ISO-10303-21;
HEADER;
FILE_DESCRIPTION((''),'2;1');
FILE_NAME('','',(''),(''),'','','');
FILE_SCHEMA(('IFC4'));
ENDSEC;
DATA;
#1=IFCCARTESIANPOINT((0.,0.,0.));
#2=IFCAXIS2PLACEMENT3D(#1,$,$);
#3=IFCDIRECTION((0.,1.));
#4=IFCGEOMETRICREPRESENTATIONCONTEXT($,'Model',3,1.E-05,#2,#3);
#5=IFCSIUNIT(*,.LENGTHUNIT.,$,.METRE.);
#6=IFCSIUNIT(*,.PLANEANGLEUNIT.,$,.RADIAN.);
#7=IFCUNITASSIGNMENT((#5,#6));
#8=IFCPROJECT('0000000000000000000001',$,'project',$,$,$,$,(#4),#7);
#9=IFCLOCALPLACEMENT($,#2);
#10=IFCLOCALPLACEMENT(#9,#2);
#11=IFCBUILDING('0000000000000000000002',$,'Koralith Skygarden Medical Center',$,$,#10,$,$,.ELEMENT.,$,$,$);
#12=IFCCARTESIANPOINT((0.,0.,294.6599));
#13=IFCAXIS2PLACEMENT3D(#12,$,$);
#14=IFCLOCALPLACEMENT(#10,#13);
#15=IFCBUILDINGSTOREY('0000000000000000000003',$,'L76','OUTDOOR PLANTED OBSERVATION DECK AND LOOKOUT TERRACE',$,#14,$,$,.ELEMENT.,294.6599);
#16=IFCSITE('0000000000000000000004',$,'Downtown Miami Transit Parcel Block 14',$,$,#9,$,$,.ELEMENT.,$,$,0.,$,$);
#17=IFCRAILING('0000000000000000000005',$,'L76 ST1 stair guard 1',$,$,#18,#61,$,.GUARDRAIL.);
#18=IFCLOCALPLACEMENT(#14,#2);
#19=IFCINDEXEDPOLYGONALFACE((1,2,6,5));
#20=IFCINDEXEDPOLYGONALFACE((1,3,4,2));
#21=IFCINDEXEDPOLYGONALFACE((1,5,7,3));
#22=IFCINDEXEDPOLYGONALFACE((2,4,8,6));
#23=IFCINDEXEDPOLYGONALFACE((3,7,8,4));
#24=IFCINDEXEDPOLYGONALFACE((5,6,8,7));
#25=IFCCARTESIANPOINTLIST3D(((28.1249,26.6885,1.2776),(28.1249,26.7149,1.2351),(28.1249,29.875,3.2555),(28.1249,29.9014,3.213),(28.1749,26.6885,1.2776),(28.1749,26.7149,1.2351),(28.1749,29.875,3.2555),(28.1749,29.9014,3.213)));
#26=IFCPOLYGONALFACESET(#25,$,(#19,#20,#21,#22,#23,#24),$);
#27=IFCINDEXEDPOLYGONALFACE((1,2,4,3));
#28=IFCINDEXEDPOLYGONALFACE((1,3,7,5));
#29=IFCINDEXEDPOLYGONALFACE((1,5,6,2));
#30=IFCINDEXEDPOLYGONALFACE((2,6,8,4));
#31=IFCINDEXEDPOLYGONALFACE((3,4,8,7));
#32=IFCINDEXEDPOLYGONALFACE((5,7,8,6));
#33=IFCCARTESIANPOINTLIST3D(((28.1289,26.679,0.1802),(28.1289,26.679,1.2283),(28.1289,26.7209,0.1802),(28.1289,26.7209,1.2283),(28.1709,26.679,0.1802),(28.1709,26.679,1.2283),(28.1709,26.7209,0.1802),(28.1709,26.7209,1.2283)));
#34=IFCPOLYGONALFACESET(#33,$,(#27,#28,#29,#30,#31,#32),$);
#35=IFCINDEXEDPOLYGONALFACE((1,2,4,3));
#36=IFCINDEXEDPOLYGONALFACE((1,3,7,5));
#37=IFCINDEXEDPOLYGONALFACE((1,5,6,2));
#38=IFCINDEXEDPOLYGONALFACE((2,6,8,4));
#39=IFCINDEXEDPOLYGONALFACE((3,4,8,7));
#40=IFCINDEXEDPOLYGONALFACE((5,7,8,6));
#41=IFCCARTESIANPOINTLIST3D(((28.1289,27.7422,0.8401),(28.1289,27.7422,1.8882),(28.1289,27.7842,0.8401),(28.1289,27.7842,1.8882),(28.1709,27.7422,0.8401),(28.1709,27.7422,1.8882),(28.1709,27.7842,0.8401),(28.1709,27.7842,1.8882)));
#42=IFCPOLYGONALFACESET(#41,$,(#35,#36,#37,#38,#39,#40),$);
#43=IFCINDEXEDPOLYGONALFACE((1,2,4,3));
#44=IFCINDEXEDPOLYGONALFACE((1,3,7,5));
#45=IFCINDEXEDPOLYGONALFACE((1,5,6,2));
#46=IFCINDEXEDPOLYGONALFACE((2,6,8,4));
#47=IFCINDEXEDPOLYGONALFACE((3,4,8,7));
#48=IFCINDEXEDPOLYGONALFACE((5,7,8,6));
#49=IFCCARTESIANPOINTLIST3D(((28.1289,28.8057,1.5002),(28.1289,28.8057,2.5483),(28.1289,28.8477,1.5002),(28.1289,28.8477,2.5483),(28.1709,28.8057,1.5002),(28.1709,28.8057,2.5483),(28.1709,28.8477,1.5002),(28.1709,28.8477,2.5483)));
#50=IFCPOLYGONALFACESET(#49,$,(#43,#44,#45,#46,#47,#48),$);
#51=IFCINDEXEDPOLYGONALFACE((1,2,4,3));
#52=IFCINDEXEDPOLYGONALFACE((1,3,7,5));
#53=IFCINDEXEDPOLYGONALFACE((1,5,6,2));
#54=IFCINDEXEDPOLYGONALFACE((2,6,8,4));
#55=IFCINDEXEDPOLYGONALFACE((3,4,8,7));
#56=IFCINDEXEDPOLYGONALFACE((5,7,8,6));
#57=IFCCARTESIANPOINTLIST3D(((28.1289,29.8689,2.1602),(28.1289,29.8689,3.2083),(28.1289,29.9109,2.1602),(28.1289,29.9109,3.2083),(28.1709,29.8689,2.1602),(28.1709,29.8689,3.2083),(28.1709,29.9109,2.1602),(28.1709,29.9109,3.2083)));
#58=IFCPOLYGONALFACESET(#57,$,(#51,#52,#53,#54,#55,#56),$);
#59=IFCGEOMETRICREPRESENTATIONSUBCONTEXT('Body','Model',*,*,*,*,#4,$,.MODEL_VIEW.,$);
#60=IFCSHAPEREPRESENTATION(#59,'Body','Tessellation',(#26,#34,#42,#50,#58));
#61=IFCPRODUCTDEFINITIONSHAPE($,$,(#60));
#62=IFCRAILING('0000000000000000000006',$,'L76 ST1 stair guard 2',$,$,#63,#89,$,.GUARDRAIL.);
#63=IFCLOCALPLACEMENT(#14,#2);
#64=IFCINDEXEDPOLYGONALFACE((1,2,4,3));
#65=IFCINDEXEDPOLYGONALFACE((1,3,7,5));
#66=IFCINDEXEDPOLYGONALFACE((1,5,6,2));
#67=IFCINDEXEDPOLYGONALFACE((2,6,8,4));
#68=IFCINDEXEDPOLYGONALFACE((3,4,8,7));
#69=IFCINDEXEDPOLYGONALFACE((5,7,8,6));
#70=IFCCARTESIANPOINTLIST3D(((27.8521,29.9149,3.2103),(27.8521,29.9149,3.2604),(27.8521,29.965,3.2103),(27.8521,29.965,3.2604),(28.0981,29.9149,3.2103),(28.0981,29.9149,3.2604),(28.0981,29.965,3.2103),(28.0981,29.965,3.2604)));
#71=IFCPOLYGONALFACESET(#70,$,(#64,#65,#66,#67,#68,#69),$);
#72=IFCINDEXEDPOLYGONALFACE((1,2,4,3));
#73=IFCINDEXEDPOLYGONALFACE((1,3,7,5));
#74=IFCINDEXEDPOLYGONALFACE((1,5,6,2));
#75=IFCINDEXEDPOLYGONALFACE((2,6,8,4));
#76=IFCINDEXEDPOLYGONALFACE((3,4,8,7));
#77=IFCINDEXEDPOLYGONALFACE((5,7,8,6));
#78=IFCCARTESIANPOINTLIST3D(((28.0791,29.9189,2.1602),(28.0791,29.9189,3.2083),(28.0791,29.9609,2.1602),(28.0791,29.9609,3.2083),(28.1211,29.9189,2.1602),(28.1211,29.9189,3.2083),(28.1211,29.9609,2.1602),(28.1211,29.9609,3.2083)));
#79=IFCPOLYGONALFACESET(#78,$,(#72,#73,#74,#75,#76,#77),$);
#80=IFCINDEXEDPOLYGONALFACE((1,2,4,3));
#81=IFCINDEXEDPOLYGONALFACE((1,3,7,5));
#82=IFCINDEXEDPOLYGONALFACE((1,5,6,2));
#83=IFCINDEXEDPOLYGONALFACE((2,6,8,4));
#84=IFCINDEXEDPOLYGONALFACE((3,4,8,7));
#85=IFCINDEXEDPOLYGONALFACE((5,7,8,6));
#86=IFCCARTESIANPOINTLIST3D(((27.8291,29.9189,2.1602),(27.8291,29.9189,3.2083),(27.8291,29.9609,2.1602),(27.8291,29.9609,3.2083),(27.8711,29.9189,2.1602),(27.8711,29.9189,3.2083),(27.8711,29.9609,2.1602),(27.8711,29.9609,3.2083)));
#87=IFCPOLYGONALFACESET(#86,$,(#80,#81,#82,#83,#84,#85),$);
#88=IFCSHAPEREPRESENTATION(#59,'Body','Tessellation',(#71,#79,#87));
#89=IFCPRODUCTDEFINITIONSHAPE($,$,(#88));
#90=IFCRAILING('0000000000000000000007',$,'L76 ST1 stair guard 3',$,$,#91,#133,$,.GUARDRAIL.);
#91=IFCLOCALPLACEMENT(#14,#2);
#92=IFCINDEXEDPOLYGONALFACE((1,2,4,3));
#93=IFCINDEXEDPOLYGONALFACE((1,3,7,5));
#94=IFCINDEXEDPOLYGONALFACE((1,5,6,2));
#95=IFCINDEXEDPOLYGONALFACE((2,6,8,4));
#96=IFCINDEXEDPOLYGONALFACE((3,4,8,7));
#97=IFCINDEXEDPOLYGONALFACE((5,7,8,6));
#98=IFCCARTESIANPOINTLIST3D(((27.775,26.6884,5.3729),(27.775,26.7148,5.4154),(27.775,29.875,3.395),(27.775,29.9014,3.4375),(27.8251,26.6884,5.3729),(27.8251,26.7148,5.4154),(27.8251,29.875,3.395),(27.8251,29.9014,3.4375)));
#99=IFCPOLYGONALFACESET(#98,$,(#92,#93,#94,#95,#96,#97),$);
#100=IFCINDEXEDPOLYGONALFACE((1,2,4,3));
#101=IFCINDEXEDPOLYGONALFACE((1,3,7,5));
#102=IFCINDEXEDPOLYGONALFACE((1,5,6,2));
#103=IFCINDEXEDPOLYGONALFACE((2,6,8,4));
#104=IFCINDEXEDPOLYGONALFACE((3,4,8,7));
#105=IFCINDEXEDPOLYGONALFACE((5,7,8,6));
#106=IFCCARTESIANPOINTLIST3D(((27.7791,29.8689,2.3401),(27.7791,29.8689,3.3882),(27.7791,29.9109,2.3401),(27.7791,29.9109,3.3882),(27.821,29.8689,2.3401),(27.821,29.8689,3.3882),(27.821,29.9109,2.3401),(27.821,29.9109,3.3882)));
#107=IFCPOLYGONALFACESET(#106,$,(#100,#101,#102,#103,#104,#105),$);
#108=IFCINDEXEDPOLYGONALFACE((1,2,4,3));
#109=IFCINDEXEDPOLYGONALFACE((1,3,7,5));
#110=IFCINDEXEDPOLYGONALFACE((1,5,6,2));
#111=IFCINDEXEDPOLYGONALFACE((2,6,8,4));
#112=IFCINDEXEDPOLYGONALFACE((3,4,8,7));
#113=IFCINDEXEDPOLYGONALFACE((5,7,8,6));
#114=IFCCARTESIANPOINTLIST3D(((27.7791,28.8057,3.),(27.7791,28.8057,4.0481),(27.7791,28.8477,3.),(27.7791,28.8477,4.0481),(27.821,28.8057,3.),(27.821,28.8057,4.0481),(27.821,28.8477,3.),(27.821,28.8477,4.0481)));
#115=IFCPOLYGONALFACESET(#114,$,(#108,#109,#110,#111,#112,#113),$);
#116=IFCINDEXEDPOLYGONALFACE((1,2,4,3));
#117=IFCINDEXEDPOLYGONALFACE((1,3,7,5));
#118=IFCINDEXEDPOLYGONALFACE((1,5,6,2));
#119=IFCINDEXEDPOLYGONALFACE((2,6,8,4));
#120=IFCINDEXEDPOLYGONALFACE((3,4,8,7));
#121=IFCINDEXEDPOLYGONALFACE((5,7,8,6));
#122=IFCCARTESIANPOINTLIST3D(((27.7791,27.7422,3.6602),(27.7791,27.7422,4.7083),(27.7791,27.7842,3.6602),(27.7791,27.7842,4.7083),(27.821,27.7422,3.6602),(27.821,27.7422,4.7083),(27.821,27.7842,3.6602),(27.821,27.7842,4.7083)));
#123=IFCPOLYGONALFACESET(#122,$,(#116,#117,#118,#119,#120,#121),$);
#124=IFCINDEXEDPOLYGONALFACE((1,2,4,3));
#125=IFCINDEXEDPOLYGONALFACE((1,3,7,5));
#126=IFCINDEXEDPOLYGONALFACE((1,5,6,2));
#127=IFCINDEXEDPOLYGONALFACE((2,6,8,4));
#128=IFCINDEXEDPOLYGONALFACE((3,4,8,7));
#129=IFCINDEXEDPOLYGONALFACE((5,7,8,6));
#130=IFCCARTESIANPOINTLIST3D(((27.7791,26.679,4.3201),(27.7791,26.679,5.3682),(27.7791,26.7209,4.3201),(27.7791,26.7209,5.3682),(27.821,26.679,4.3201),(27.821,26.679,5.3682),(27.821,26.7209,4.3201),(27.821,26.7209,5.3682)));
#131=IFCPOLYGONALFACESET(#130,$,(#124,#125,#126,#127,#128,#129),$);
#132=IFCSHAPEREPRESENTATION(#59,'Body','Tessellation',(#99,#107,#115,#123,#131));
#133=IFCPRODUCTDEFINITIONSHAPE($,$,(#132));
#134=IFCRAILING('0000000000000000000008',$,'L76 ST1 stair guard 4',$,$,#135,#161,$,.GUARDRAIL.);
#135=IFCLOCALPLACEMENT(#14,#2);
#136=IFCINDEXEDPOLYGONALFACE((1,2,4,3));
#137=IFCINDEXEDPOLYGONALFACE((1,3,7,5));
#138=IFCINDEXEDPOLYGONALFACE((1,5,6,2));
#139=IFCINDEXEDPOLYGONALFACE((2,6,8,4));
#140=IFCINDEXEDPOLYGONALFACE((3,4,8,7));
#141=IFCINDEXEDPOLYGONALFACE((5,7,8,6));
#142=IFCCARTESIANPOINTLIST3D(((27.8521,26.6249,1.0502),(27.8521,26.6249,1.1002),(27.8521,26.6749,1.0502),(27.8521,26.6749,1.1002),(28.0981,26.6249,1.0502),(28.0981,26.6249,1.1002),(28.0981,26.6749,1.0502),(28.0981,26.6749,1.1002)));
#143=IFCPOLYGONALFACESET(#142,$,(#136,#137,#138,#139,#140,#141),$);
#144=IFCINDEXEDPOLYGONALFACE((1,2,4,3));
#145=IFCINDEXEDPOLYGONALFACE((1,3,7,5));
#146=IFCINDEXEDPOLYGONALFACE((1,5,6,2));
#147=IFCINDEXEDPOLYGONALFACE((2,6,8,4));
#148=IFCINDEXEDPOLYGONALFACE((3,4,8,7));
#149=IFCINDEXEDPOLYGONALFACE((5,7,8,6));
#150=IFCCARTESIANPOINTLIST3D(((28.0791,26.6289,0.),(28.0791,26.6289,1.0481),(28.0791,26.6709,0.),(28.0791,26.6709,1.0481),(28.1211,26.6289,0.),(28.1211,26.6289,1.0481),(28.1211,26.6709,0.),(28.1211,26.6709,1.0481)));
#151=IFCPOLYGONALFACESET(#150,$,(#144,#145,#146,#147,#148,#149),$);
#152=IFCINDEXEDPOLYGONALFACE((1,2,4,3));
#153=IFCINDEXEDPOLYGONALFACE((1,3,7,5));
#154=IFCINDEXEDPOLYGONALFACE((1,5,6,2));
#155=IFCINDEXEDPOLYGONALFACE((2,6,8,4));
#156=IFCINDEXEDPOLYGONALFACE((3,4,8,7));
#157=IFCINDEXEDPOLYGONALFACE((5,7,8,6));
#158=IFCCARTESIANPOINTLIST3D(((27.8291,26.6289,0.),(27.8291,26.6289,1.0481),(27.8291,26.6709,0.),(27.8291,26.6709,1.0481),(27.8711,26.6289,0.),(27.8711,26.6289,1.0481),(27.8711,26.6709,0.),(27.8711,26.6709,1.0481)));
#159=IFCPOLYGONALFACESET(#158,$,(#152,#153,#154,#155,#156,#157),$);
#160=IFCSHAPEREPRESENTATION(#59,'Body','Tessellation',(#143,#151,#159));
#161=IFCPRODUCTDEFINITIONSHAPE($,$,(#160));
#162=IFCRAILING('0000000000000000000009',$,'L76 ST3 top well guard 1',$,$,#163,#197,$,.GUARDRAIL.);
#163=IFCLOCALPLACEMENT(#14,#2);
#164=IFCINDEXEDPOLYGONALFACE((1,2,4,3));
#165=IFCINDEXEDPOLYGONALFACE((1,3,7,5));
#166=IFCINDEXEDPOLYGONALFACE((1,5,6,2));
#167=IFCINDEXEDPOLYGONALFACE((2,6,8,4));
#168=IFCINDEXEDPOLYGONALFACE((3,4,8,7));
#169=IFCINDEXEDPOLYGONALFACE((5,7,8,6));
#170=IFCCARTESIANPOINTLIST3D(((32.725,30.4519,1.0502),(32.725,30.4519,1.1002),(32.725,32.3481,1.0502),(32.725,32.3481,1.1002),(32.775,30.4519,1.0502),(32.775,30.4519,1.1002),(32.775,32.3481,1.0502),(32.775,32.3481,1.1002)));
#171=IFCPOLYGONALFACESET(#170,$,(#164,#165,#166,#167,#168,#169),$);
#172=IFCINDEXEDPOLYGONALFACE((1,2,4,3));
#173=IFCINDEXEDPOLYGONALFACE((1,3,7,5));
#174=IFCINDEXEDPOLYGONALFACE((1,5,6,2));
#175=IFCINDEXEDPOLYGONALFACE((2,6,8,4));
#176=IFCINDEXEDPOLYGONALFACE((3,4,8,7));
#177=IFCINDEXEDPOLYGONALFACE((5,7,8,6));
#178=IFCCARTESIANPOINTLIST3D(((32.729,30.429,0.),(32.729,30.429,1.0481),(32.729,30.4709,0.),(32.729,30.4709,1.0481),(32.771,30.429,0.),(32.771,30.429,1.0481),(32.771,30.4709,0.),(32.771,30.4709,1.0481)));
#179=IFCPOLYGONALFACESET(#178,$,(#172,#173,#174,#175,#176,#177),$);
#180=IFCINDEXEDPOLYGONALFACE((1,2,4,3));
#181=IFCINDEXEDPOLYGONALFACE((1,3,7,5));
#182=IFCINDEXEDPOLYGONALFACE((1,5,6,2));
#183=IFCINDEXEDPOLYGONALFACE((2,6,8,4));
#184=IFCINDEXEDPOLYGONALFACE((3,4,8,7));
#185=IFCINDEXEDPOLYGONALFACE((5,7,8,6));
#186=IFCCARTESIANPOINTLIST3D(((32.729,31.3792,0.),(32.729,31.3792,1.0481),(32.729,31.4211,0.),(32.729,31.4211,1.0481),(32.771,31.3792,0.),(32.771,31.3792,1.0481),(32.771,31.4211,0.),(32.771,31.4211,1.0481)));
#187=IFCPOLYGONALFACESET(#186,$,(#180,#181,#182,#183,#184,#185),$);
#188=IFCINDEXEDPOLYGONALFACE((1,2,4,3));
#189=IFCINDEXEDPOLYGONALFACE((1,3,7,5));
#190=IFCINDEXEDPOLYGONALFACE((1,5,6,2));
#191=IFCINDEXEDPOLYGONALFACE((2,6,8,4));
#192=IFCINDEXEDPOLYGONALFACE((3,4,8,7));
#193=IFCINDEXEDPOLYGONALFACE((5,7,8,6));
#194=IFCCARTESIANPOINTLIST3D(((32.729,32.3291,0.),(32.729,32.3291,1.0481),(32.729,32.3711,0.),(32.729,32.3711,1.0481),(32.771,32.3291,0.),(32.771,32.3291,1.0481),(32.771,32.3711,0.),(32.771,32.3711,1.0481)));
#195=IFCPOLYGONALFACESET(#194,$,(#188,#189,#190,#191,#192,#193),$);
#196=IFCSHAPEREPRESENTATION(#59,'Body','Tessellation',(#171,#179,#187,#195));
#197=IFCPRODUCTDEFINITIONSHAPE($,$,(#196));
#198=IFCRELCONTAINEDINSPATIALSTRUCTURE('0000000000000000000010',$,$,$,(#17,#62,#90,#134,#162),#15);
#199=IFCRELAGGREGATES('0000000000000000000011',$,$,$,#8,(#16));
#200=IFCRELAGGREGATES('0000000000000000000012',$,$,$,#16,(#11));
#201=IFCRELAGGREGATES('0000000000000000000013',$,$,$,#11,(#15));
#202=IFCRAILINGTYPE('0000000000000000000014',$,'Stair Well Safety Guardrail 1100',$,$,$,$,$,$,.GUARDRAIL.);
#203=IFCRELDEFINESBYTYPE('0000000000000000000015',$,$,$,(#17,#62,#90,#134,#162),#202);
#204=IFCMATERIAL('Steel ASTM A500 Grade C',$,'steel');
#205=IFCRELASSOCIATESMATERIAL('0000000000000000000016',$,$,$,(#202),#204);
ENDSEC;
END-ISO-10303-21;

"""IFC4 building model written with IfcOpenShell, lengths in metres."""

from ifc_helpers import new_model, si_unit, direction, frame, origin, origin_2d, place, context, subcontext, project, spatial, rectangle, extrude, material, type_object, element, save


model = new_model("IFC4")

# Units and contexts
model_context = context("Model", 3, precision=1e-05, world=origin(), true_north=direction((0.0, 1.0)))
body_context = subcontext(model_context, "Body", "Model", "MODEL_VIEW")
ifc_project = project(units=[si_unit("LENGTHUNIT", "METRE"), si_unit("PLANEANGLEUNIT", "RADIAN")], contexts=[model_context])

# Site, building, storey
site_placement = place(None, origin())
site = spatial("IfcSite", under=ifc_project, at=site_placement, Name="Downtown Miami Transit Parcel Block 14", CompositionType="ELEMENT", RefElevation=0.0)
building_placement = place(site_placement, origin())
building = spatial("IfcBuilding", under=site, at=building_placement, Name="Koralith Skygarden Medical Center", CompositionType="ELEMENT")
storey_placement = place(building_placement, frame((0.0, 0.0, 294.6599)))
storey = spatial("IfcBuildingStorey", under=building, at=storey_placement, Name="L76", Description="OUTDOOR PLANTED OBSERVATION DECK AND LOOKOUT TERRACE", CompositionType="ELEMENT", Elevation=294.6599)

# Railings
ifc_material_1 = material(Name="Steel ASTM A500 Grade C", Category="steel")
railing_type_1 = type_object("IfcRailingType", Name="Stair Well Safety Guardrail 1100", PredefinedType="GUARDRAIL", material=ifc_material_1)
railing_1_placement = place(storey_placement, frame((28.1499, 26.7, 0.1802)))
element("IfcRailing", 1, at=railing_1_placement, inside=storey, type_object=railing_type_1, Name="L76 ST1 stair guard 1", PredefinedType="GUARDRAIL", context=body_context, shape_type="SweptSolid", body=[
    extrude(rectangle(XDim=0.05, YDim=0.05, at=origin_2d()), frame((0.0, 0.0017, 1.0762), z_axis=(0.0, 0.849638, 0.527366), x_axis=(-1.0, 0.0, 0.0)), (0.0, 0.0, 1.0), 3.7505),
    extrude(rectangle(XDim=0.042, YDim=0.042, at=origin_2d()), origin(), (0.0, 0.0, 1.0), 1.0481),
    extrude(rectangle(XDim=0.042, YDim=0.042, at=origin_2d()), frame((0.0, 1.0632, 0.6599)), (0.0, 0.0, 1.0), 1.0481),
    extrude(rectangle(XDim=0.042, YDim=0.042, at=origin_2d()), frame((0.0, 2.1267, 1.3201)), (0.0, 0.0, 1.0), 1.0481),
    extrude(rectangle(XDim=0.042, YDim=0.042, at=origin_2d()), frame((0.0, 3.1899, 1.98)), (0.0, 0.0, 1.0), 1.0481),
])
railing_2_placement = place(storey_placement, frame((28.1001, 29.9399, 2.1602)))
element("IfcRailing", 2, at=railing_2_placement, inside=storey, type_object=railing_type_1, Name="L76 ST1 stair guard 2", PredefinedType="GUARDRAIL", context=body_context, shape_type="SweptSolid", body=[
    extrude(rectangle(XDim=0.05, YDim=0.05, at=origin_2d()), frame((-0.002, 0.0, 1.0752), z_axis=(-1.0, 0.0, 0.0), x_axis=(0.0, -1.0, 0.0)), (0.0, 0.0, 1.0), 0.2461),
    extrude(rectangle(XDim=0.042, YDim=0.042, at=origin_2d()), origin(), (0.0, 0.0, 1.0), 1.0481),
    extrude(rectangle(XDim=0.042, YDim=0.042, at=origin_2d()), frame((-0.25, 0.0, 0.0)), (0.0, 0.0, 1.0), 1.0481),
])
railing_3_placement = place(storey_placement, frame((27.8, 29.8899, 2.3401)))
element("IfcRailing", 3, at=railing_3_placement, inside=storey, type_object=railing_type_1, Name="L76 ST1 stair guard 3", PredefinedType="GUARDRAIL", context=body_context, shape_type="SweptSolid", body=[
    extrude(rectangle(XDim=0.05, YDim=0.05, at=origin_2d()), frame((0.0, -0.0017, 1.0762), z_axis=(0.0, -0.849638, 0.527366), x_axis=(1.0, 0.0, 0.0)), (0.0, 0.0, 1.0), 3.7505),
    extrude(rectangle(XDim=0.042, YDim=0.042, at=origin_2d()), origin(), (0.0, 0.0, 1.0), 1.0481),
    extrude(rectangle(XDim=0.042, YDim=0.042, at=origin_2d()), frame((0.0, -1.0632, 0.6599)), (0.0, 0.0, 1.0), 1.0481),
    extrude(rectangle(XDim=0.042, YDim=0.042, at=origin_2d()), frame((0.0, -2.1267, 1.3201)), (0.0, 0.0, 1.0), 1.0481),
    extrude(rectangle(XDim=0.042, YDim=0.042, at=origin_2d()), frame((0.0, -3.1899, 1.98)), (0.0, 0.0, 1.0), 1.0481),
])
railing_4_placement = place(storey_placement, frame((28.1001, 26.6499, 0.0)))
element("IfcRailing", 4, at=railing_4_placement, inside=storey, type_object=railing_type_1, Name="L76 ST1 stair guard 4", PredefinedType="GUARDRAIL", context=body_context, shape_type="SweptSolid", body=[
    extrude(rectangle(XDim=0.05, YDim=0.05, at=origin_2d()), frame((-0.002, 0.0, 1.0752), z_axis=(-1.0, 0.0, 0.0), x_axis=(0.0, -1.0, 0.0)), (0.0, 0.0, 1.0), 0.2461),
    extrude(rectangle(XDim=0.042, YDim=0.042, at=origin_2d()), origin(), (0.0, 0.0, 1.0), 1.0481),
    extrude(rectangle(XDim=0.042, YDim=0.042, at=origin_2d()), frame((-0.25, 0.0, 0.0)), (0.0, 0.0, 1.0), 1.0481),
])
railing_5_placement = place(storey_placement, frame((32.75, 30.45, 0.0)))
element("IfcRailing", 5, at=railing_5_placement, inside=storey, type_object=railing_type_1, Name="L76 ST3 top well guard 1", PredefinedType="GUARDRAIL", context=body_context, shape_type="SweptSolid", body=[
    extrude(rectangle(XDim=0.05, YDim=0.05, at=origin_2d()), frame((0.0, 0.002, 1.0752), z_axis=(0.0, 1.0, 0.0), x_axis=(-1.0, 0.0, 0.0)), (0.0, 0.0, 1.0), 1.8962),
    extrude(rectangle(XDim=0.042, YDim=0.042, at=origin_2d()), origin(), (0.0, 0.0, 1.0), 1.0481),
    extrude(rectangle(XDim=0.042, YDim=0.042, at=origin_2d()), frame((0.0, 0.9502, 0.0)), (0.0, 0.0, 1.0), 1.0481),
    extrude(rectangle(XDim=0.042, YDim=0.042, at=origin_2d()), frame((0.0, 1.9001, 0.0)), (0.0, 0.0, 1.0), 1.0481),
])

save(model, "model.ifc")
